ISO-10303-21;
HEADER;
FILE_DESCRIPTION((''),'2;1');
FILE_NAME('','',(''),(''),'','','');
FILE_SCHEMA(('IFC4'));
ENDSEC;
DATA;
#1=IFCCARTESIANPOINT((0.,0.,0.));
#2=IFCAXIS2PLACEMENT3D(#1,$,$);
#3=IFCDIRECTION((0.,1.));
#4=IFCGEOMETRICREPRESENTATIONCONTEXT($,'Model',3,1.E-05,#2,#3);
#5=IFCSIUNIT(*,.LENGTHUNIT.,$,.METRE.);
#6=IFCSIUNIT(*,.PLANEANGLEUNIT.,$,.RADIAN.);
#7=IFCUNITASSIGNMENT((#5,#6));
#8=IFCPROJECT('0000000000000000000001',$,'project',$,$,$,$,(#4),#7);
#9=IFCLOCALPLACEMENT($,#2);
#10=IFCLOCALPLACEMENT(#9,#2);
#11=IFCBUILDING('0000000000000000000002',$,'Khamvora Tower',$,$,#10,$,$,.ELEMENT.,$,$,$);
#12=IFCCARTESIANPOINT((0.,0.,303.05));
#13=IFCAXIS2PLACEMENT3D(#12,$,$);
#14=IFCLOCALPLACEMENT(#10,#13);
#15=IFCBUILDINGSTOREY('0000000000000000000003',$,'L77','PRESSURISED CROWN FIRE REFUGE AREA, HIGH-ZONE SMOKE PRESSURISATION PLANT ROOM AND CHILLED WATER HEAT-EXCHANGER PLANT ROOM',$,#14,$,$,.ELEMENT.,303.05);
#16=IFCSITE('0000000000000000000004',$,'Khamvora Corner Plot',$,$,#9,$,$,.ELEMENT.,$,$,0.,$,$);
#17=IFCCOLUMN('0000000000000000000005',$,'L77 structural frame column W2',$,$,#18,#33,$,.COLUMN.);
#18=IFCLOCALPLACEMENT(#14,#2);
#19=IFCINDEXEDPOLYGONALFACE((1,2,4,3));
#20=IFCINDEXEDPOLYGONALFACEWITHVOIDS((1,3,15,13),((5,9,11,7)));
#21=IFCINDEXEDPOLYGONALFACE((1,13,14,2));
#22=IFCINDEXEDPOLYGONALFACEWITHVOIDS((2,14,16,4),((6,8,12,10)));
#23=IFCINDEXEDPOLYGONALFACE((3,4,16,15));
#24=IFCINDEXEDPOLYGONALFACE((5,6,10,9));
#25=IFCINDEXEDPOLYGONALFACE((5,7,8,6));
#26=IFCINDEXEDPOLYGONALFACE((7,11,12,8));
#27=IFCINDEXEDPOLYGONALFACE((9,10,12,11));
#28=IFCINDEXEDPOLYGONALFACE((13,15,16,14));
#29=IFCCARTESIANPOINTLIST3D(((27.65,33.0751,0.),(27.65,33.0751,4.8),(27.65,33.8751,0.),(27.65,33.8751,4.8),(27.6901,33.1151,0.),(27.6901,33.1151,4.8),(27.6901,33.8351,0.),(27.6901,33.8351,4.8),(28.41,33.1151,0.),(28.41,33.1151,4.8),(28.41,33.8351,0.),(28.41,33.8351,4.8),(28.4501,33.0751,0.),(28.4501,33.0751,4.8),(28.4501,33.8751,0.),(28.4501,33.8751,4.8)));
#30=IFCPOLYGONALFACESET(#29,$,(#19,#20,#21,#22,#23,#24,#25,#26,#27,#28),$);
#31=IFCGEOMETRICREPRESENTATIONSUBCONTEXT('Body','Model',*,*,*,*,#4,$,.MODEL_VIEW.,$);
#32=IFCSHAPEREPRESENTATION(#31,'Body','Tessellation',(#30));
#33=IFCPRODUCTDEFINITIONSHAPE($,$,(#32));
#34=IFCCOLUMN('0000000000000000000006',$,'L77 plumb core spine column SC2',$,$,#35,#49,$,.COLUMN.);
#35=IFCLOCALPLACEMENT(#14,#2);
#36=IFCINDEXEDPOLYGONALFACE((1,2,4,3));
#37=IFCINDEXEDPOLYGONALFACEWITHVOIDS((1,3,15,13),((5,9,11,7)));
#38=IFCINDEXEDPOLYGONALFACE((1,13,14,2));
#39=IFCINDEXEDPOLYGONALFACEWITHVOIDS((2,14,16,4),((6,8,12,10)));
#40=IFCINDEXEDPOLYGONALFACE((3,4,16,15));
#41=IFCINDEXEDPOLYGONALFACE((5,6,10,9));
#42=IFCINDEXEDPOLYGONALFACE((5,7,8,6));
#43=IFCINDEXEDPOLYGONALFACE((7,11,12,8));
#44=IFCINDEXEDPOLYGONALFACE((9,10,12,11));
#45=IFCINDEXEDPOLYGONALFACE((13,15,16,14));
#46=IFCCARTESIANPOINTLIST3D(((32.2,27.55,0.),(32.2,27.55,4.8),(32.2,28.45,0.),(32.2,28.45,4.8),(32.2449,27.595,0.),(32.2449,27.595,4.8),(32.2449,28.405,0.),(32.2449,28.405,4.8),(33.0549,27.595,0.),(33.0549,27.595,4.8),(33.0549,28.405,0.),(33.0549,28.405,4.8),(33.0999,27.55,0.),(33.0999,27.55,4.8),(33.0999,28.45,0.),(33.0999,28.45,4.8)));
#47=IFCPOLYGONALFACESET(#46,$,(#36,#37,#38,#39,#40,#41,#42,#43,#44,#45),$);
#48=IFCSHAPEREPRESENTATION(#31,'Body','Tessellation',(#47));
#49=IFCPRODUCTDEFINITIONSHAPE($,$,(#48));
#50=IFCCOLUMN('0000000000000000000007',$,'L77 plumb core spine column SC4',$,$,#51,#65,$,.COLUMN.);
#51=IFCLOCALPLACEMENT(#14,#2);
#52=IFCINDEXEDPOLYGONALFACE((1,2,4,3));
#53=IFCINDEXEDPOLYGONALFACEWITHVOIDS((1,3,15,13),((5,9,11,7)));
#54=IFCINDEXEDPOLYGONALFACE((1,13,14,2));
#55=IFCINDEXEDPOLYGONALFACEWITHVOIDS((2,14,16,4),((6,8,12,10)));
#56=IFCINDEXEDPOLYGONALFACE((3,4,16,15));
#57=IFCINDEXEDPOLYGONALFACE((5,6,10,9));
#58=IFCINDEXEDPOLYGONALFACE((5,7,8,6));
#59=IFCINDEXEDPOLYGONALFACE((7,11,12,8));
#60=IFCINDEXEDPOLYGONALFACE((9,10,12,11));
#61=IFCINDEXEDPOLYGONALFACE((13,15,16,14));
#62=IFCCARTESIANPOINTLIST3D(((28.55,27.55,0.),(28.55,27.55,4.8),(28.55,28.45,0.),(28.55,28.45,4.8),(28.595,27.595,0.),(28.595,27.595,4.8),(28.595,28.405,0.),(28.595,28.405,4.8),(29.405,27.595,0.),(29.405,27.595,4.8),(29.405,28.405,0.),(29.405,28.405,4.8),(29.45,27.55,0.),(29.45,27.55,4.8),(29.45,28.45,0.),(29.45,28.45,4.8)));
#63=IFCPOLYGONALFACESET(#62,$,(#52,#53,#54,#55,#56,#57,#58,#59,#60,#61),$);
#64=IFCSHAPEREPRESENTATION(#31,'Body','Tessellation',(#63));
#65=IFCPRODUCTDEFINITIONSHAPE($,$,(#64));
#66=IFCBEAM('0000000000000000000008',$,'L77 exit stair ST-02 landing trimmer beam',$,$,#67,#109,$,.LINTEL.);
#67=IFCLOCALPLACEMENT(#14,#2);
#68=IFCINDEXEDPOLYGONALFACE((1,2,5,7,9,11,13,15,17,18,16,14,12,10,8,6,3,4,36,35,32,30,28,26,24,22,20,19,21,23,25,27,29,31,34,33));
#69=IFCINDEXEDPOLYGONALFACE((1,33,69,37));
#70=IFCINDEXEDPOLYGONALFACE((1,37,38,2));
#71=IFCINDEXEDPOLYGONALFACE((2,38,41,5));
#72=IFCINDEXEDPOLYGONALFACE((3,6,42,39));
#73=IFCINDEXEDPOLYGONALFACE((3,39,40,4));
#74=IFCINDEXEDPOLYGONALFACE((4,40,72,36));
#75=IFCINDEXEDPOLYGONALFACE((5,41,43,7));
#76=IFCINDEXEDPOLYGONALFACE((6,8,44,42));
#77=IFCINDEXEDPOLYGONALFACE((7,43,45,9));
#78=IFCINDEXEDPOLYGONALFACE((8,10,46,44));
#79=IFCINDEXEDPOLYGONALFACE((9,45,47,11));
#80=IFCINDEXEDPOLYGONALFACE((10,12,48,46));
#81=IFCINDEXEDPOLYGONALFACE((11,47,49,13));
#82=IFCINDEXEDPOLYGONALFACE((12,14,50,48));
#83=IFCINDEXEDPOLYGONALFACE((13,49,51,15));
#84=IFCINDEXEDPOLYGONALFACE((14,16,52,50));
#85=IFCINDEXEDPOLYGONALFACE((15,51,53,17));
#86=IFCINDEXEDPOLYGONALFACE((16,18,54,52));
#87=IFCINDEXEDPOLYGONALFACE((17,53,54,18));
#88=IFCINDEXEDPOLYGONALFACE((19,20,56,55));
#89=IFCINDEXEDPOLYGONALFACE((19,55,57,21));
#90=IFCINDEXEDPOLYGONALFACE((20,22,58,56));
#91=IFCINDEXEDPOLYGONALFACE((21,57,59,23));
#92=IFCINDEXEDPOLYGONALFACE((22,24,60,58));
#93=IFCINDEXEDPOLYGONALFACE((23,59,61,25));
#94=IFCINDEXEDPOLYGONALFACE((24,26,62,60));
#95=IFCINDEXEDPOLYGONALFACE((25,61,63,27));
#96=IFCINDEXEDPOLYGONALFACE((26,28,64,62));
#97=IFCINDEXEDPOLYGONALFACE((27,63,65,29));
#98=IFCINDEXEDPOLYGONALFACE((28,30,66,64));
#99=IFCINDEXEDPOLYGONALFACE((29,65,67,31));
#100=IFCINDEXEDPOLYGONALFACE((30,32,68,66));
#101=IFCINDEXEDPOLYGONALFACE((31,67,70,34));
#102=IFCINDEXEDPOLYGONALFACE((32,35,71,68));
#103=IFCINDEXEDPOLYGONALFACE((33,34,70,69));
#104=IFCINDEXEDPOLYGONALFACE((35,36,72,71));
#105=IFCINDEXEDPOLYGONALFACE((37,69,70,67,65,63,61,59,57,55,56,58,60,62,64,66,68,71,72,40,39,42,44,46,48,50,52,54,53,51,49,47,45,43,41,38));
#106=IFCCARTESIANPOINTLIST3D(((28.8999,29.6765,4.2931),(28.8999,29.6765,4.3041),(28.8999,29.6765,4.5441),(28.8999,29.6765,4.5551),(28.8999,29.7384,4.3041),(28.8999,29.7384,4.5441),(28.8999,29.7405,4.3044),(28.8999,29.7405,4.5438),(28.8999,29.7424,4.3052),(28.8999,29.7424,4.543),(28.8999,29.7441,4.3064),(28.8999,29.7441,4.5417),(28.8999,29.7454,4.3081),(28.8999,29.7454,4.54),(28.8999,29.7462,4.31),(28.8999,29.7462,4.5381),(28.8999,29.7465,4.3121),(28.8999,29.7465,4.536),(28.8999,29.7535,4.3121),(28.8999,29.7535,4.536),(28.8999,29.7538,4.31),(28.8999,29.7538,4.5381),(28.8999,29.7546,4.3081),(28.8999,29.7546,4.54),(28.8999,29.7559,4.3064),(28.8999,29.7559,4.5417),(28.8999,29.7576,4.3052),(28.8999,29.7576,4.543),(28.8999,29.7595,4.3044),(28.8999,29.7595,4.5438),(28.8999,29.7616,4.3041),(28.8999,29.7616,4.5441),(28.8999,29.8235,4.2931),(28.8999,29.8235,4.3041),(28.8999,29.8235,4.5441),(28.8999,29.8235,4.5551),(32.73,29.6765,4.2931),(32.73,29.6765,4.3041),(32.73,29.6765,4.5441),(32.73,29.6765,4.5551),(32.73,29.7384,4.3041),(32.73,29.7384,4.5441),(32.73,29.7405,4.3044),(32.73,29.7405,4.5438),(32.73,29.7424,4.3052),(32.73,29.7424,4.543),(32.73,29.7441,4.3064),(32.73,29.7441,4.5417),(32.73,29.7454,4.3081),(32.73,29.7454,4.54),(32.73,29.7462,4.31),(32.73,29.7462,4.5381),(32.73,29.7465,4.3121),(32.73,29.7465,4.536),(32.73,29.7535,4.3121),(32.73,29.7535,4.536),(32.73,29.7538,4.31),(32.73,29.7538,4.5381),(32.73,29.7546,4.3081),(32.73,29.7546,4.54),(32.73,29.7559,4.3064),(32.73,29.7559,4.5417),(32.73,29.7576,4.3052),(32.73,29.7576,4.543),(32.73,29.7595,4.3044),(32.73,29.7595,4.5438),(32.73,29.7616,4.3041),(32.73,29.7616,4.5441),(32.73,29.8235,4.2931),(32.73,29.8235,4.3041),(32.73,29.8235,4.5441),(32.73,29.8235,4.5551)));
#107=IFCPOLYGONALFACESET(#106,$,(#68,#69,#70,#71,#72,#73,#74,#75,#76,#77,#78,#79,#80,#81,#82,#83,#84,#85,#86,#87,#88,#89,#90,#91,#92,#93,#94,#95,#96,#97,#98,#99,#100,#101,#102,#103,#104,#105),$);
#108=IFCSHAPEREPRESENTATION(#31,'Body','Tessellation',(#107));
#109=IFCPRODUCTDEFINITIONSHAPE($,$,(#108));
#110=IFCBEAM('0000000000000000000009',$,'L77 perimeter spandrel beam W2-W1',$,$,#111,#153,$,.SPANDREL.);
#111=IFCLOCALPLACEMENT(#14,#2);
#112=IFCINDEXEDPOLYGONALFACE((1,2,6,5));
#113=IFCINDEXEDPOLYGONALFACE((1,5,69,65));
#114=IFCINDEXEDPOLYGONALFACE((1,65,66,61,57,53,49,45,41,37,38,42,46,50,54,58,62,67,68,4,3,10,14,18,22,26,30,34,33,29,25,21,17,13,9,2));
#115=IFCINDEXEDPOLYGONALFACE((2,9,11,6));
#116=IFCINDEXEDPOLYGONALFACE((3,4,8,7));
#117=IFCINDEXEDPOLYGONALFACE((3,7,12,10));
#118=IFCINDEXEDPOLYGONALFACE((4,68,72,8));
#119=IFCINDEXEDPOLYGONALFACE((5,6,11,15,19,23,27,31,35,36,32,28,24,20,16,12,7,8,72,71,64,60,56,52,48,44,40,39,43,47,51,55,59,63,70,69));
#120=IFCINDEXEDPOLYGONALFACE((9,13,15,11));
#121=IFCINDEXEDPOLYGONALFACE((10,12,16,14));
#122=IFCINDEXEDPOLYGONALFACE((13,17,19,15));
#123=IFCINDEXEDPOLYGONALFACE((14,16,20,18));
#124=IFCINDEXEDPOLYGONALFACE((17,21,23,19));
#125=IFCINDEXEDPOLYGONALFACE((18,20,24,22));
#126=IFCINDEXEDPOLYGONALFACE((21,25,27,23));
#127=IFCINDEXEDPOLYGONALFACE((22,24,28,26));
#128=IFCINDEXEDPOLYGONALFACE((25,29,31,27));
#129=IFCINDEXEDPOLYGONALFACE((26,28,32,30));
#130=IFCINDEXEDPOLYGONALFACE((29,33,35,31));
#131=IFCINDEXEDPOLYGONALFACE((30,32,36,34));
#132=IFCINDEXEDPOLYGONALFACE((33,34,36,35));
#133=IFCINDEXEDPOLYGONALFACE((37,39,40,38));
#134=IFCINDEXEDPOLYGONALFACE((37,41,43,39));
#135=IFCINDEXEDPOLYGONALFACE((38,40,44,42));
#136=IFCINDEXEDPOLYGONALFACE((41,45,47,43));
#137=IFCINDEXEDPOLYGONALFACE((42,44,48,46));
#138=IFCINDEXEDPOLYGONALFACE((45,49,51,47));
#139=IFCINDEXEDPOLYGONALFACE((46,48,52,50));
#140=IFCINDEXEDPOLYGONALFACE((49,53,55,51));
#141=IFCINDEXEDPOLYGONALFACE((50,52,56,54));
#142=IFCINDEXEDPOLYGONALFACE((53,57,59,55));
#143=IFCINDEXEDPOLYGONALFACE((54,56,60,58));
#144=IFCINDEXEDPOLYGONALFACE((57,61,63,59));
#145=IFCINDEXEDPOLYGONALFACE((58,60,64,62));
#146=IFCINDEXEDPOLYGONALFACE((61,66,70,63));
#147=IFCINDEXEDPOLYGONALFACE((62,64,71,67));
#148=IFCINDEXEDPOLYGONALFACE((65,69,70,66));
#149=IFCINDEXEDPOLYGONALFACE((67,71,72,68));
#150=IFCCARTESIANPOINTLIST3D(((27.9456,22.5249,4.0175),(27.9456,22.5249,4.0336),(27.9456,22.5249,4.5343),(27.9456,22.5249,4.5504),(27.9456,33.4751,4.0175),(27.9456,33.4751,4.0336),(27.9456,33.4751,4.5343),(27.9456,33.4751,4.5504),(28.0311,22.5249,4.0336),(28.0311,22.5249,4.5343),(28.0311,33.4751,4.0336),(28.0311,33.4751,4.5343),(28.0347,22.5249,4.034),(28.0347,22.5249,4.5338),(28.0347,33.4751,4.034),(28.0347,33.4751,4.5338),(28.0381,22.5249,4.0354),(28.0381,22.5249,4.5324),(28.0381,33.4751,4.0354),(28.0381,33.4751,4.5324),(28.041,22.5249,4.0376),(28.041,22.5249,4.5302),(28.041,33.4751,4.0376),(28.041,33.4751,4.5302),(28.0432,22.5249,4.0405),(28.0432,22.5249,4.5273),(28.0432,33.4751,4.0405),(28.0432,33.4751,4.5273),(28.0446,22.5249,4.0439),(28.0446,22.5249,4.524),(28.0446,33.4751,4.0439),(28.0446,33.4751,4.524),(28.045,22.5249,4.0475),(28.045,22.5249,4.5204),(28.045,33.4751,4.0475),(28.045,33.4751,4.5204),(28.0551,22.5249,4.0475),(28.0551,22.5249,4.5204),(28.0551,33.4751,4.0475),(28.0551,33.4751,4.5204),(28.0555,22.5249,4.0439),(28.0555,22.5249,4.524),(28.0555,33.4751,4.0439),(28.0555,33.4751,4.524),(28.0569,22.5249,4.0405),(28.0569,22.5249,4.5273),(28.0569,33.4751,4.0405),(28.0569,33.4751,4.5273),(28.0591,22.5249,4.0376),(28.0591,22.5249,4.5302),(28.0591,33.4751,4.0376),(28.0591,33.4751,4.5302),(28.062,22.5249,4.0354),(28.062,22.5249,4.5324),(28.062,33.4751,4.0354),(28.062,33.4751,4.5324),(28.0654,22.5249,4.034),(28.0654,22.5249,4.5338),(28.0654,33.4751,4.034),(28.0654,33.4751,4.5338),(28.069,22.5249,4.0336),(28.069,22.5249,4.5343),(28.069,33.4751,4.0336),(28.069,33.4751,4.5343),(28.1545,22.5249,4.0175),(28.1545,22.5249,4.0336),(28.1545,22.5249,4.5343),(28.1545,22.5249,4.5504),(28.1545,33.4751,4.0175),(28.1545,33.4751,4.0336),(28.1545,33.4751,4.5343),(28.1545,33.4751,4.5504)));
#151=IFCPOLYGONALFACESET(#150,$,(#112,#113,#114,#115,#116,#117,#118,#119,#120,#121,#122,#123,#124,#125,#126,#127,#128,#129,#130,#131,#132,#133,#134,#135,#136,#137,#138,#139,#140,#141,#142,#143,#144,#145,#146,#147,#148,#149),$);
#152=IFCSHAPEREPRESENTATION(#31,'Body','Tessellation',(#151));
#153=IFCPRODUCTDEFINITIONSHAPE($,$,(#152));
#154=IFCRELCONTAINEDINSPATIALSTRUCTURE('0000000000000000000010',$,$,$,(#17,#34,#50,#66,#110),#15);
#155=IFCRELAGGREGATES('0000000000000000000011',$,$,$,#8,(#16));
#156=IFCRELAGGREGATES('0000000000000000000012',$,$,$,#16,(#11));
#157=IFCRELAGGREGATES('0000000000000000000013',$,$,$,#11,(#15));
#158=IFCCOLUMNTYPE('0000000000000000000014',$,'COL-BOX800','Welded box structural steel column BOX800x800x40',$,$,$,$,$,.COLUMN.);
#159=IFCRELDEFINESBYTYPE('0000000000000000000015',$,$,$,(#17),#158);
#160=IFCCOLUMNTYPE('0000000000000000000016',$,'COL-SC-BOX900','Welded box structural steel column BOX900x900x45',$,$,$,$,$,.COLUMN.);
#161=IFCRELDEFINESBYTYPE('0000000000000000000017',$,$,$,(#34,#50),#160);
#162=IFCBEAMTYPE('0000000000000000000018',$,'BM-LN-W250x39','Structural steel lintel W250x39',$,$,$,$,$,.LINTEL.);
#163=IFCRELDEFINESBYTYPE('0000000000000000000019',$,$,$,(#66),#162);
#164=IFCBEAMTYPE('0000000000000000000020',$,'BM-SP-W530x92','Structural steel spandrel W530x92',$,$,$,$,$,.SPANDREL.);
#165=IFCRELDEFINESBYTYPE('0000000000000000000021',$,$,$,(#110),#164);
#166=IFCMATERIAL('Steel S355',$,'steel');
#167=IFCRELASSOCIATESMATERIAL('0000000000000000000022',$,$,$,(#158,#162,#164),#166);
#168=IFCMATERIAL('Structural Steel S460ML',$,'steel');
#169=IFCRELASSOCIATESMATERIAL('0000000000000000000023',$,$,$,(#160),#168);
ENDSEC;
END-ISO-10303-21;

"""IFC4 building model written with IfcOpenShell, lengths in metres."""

from ifc_helpers import new_model, si_unit, direction, frame, origin, origin_2d, place, context, subcontext, project, spatial, hollow_rectangle, i_section, extrude, material, material_profile, profile_set, type_object, element, save


model = new_model("IFC4")

# Units and contexts
model_context = context("Model", 3, precision=1e-05, world=origin(), true_north=direction((0.0, 1.0)))
body_context = subcontext(model_context, "Body", "Model", "MODEL_VIEW")
ifc_project = project(units=[si_unit("LENGTHUNIT", "METRE"), si_unit("PLANEANGLEUNIT", "RADIAN")], contexts=[model_context])

# Site, building, storey
site_placement = place(None, origin())
site = spatial("IfcSite", under=ifc_project, at=site_placement, Name="Khamvora Corner Plot", CompositionType="ELEMENT", RefElevation=0.0)
building_placement = place(site_placement, origin())
building = spatial("IfcBuilding", under=site, at=building_placement, Name="Khamvora Tower", CompositionType="ELEMENT")
storey_placement = place(building_placement, frame((0.0, 0.0, 303.05)))
storey = spatial("IfcBuildingStorey", under=building, at=storey_placement, Name="L77", Description="PRESSURISED CROWN FIRE REFUGE AREA, HIGH-ZONE SMOKE PRESSURISATION PLANT ROOM AND CHILLED WATER HEAT-EXCHANGER PLANT ROOM", CompositionType="ELEMENT", Elevation=303.05)

# Columns
ifc_material_1 = material(Name="Steel S355", Category="steel")
ifc_material_profile_1 = material_profile(ifc_material_1, hollow_rectangle(XDim=0.8, YDim=0.8, WallThickness=0.04, at=origin_2d()), Name="BOX800x800x40")
ifc_profile_set_1 = profile_set([ifc_material_profile_1], Name="Steel S355")
column_type_1 = type_object("IfcColumnType", Name="COL-BOX800", Description="Welded box structural steel column BOX800x800x40", PredefinedType="COLUMN", material=ifc_profile_set_1)
column_placement = place(storey_placement, frame((28.05, 33.4751, 0.0), z_axis=(0.0, 0.0, 1.0), x_axis=(1.0, 0.0, 0.0)))
element("IfcColumn", 1, at=column_placement, inside=storey, type_object=column_type_1, Name="L77 structural frame column W2", PredefinedType="COLUMN", context=body_context, shape_type="SweptSolid", body=[
    extrude(hollow_rectangle(XDim=0.8, YDim=0.8, WallThickness=0.04, at=origin_2d()), origin(), (0.0, 0.0, 1.0), 4.8),
])
ifc_material_2 = material(Name="Structural Steel S460ML", Category="steel")
ifc_material_profile_2 = material_profile(ifc_material_2, hollow_rectangle(XDim=0.8999, YDim=0.8999, WallThickness=0.0449, at=origin_2d()), Name="BOX900x900x45")
ifc_profile_set_2 = profile_set([ifc_material_profile_2], Name="Structural Steel S460ML")
column_type_2 = type_object("IfcColumnType", Name="COL-SC-BOX900", Description="Welded box structural steel column BOX900x900x45", PredefinedType="COLUMN", material=ifc_profile_set_2)
for number, where, z_axis, x_axis, name in (
    (2, (32.6499, 28.0, 0.0), (0.0, 0.0, 1.0), (1.0, 0.0, 0.0), "L77 plumb core spine column SC2"),
    (3, (29.0, 28.0, 0.0), (0.0, 0.0, 1.0), (1.0, 0.0, 0.0), "L77 plumb core spine column SC4"),
):
    element("IfcColumn", number, at=place(storey_placement, frame(where, z_axis=z_axis, x_axis=x_axis)), inside=storey, type_object=column_type_2, Name=name, PredefinedType="COLUMN", context=body_context, shape_type="SweptSolid", body=[
        extrude(hollow_rectangle(XDim=0.8999, YDim=0.8999, WallThickness=0.0449, at=origin_2d()), origin(), (0.0, 0.0, 1.0), 4.8),
    ])

# Beams
ifc_material_profile_3 = material_profile(ifc_material_1, i_section(OverallWidth=0.147, OverallDepth=0.262, WebThickness=0.0071, FlangeThickness=0.011, FilletRadius=0.0081, at=origin_2d()), Name="W250x39")
ifc_profile_set_3 = profile_set([ifc_material_profile_3], Name="Steel S355")
beam_type_1 = type_object("IfcBeamType", Name="BM-LN-W250x39", Description="Structural steel lintel W250x39", PredefinedType="LINTEL", material=ifc_profile_set_3)
beam_1_placement = place(storey_placement, frame((28.8999, 29.75, 4.4241), z_axis=(1.0, 0.0, 0.0), x_axis=(0.0, 1.0, 0.0)))
element("IfcBeam", 4, at=beam_1_placement, inside=storey, type_object=beam_type_1, Name="L77 exit stair ST-02 landing trimmer beam", PredefinedType="LINTEL", context=body_context, shape_type="SweptSolid", body=[
    extrude(i_section(OverallWidth=0.147, OverallDepth=0.262, WebThickness=0.0071, FlangeThickness=0.011, FilletRadius=0.0081, at=origin_2d()), origin(), (0.0, 0.0, 1.0), 3.8301),
])
ifc_material_profile_4 = material_profile(ifc_material_1, i_section(OverallWidth=0.209, OverallDepth=0.533, WebThickness=0.01, FlangeThickness=0.0161, FilletRadius=0.0139, at=origin_2d()), Name="W530x92")
ifc_profile_set_4 = profile_set([ifc_material_profile_4], Name="Steel S355")
beam_type_2 = type_object("IfcBeamType", Name="BM-SP-W530x92", Description="Structural steel spandrel W530x92", PredefinedType="SPANDREL", material=ifc_profile_set_4)
beam_2_placement = place(storey_placement, frame((28.05, 33.4751, 4.2839), z_axis=(0.0, -1.0, 0.0), x_axis=(1.0, 0.0, 0.0)))
element("IfcBeam", 5, at=beam_2_placement, inside=storey, type_object=beam_type_2, Name="L77 perimeter spandrel beam W2-W1", PredefinedType="SPANDREL", context=body_context, shape_type="SweptSolid", body=[
    extrude(i_section(OverallWidth=0.209, OverallDepth=0.533, WebThickness=0.01, FlangeThickness=0.0161, FilletRadius=0.0139, at=origin_2d()), origin(), (0.0, 0.0, 1.0), 10.9502),
])

save(model, "model.ifc")
